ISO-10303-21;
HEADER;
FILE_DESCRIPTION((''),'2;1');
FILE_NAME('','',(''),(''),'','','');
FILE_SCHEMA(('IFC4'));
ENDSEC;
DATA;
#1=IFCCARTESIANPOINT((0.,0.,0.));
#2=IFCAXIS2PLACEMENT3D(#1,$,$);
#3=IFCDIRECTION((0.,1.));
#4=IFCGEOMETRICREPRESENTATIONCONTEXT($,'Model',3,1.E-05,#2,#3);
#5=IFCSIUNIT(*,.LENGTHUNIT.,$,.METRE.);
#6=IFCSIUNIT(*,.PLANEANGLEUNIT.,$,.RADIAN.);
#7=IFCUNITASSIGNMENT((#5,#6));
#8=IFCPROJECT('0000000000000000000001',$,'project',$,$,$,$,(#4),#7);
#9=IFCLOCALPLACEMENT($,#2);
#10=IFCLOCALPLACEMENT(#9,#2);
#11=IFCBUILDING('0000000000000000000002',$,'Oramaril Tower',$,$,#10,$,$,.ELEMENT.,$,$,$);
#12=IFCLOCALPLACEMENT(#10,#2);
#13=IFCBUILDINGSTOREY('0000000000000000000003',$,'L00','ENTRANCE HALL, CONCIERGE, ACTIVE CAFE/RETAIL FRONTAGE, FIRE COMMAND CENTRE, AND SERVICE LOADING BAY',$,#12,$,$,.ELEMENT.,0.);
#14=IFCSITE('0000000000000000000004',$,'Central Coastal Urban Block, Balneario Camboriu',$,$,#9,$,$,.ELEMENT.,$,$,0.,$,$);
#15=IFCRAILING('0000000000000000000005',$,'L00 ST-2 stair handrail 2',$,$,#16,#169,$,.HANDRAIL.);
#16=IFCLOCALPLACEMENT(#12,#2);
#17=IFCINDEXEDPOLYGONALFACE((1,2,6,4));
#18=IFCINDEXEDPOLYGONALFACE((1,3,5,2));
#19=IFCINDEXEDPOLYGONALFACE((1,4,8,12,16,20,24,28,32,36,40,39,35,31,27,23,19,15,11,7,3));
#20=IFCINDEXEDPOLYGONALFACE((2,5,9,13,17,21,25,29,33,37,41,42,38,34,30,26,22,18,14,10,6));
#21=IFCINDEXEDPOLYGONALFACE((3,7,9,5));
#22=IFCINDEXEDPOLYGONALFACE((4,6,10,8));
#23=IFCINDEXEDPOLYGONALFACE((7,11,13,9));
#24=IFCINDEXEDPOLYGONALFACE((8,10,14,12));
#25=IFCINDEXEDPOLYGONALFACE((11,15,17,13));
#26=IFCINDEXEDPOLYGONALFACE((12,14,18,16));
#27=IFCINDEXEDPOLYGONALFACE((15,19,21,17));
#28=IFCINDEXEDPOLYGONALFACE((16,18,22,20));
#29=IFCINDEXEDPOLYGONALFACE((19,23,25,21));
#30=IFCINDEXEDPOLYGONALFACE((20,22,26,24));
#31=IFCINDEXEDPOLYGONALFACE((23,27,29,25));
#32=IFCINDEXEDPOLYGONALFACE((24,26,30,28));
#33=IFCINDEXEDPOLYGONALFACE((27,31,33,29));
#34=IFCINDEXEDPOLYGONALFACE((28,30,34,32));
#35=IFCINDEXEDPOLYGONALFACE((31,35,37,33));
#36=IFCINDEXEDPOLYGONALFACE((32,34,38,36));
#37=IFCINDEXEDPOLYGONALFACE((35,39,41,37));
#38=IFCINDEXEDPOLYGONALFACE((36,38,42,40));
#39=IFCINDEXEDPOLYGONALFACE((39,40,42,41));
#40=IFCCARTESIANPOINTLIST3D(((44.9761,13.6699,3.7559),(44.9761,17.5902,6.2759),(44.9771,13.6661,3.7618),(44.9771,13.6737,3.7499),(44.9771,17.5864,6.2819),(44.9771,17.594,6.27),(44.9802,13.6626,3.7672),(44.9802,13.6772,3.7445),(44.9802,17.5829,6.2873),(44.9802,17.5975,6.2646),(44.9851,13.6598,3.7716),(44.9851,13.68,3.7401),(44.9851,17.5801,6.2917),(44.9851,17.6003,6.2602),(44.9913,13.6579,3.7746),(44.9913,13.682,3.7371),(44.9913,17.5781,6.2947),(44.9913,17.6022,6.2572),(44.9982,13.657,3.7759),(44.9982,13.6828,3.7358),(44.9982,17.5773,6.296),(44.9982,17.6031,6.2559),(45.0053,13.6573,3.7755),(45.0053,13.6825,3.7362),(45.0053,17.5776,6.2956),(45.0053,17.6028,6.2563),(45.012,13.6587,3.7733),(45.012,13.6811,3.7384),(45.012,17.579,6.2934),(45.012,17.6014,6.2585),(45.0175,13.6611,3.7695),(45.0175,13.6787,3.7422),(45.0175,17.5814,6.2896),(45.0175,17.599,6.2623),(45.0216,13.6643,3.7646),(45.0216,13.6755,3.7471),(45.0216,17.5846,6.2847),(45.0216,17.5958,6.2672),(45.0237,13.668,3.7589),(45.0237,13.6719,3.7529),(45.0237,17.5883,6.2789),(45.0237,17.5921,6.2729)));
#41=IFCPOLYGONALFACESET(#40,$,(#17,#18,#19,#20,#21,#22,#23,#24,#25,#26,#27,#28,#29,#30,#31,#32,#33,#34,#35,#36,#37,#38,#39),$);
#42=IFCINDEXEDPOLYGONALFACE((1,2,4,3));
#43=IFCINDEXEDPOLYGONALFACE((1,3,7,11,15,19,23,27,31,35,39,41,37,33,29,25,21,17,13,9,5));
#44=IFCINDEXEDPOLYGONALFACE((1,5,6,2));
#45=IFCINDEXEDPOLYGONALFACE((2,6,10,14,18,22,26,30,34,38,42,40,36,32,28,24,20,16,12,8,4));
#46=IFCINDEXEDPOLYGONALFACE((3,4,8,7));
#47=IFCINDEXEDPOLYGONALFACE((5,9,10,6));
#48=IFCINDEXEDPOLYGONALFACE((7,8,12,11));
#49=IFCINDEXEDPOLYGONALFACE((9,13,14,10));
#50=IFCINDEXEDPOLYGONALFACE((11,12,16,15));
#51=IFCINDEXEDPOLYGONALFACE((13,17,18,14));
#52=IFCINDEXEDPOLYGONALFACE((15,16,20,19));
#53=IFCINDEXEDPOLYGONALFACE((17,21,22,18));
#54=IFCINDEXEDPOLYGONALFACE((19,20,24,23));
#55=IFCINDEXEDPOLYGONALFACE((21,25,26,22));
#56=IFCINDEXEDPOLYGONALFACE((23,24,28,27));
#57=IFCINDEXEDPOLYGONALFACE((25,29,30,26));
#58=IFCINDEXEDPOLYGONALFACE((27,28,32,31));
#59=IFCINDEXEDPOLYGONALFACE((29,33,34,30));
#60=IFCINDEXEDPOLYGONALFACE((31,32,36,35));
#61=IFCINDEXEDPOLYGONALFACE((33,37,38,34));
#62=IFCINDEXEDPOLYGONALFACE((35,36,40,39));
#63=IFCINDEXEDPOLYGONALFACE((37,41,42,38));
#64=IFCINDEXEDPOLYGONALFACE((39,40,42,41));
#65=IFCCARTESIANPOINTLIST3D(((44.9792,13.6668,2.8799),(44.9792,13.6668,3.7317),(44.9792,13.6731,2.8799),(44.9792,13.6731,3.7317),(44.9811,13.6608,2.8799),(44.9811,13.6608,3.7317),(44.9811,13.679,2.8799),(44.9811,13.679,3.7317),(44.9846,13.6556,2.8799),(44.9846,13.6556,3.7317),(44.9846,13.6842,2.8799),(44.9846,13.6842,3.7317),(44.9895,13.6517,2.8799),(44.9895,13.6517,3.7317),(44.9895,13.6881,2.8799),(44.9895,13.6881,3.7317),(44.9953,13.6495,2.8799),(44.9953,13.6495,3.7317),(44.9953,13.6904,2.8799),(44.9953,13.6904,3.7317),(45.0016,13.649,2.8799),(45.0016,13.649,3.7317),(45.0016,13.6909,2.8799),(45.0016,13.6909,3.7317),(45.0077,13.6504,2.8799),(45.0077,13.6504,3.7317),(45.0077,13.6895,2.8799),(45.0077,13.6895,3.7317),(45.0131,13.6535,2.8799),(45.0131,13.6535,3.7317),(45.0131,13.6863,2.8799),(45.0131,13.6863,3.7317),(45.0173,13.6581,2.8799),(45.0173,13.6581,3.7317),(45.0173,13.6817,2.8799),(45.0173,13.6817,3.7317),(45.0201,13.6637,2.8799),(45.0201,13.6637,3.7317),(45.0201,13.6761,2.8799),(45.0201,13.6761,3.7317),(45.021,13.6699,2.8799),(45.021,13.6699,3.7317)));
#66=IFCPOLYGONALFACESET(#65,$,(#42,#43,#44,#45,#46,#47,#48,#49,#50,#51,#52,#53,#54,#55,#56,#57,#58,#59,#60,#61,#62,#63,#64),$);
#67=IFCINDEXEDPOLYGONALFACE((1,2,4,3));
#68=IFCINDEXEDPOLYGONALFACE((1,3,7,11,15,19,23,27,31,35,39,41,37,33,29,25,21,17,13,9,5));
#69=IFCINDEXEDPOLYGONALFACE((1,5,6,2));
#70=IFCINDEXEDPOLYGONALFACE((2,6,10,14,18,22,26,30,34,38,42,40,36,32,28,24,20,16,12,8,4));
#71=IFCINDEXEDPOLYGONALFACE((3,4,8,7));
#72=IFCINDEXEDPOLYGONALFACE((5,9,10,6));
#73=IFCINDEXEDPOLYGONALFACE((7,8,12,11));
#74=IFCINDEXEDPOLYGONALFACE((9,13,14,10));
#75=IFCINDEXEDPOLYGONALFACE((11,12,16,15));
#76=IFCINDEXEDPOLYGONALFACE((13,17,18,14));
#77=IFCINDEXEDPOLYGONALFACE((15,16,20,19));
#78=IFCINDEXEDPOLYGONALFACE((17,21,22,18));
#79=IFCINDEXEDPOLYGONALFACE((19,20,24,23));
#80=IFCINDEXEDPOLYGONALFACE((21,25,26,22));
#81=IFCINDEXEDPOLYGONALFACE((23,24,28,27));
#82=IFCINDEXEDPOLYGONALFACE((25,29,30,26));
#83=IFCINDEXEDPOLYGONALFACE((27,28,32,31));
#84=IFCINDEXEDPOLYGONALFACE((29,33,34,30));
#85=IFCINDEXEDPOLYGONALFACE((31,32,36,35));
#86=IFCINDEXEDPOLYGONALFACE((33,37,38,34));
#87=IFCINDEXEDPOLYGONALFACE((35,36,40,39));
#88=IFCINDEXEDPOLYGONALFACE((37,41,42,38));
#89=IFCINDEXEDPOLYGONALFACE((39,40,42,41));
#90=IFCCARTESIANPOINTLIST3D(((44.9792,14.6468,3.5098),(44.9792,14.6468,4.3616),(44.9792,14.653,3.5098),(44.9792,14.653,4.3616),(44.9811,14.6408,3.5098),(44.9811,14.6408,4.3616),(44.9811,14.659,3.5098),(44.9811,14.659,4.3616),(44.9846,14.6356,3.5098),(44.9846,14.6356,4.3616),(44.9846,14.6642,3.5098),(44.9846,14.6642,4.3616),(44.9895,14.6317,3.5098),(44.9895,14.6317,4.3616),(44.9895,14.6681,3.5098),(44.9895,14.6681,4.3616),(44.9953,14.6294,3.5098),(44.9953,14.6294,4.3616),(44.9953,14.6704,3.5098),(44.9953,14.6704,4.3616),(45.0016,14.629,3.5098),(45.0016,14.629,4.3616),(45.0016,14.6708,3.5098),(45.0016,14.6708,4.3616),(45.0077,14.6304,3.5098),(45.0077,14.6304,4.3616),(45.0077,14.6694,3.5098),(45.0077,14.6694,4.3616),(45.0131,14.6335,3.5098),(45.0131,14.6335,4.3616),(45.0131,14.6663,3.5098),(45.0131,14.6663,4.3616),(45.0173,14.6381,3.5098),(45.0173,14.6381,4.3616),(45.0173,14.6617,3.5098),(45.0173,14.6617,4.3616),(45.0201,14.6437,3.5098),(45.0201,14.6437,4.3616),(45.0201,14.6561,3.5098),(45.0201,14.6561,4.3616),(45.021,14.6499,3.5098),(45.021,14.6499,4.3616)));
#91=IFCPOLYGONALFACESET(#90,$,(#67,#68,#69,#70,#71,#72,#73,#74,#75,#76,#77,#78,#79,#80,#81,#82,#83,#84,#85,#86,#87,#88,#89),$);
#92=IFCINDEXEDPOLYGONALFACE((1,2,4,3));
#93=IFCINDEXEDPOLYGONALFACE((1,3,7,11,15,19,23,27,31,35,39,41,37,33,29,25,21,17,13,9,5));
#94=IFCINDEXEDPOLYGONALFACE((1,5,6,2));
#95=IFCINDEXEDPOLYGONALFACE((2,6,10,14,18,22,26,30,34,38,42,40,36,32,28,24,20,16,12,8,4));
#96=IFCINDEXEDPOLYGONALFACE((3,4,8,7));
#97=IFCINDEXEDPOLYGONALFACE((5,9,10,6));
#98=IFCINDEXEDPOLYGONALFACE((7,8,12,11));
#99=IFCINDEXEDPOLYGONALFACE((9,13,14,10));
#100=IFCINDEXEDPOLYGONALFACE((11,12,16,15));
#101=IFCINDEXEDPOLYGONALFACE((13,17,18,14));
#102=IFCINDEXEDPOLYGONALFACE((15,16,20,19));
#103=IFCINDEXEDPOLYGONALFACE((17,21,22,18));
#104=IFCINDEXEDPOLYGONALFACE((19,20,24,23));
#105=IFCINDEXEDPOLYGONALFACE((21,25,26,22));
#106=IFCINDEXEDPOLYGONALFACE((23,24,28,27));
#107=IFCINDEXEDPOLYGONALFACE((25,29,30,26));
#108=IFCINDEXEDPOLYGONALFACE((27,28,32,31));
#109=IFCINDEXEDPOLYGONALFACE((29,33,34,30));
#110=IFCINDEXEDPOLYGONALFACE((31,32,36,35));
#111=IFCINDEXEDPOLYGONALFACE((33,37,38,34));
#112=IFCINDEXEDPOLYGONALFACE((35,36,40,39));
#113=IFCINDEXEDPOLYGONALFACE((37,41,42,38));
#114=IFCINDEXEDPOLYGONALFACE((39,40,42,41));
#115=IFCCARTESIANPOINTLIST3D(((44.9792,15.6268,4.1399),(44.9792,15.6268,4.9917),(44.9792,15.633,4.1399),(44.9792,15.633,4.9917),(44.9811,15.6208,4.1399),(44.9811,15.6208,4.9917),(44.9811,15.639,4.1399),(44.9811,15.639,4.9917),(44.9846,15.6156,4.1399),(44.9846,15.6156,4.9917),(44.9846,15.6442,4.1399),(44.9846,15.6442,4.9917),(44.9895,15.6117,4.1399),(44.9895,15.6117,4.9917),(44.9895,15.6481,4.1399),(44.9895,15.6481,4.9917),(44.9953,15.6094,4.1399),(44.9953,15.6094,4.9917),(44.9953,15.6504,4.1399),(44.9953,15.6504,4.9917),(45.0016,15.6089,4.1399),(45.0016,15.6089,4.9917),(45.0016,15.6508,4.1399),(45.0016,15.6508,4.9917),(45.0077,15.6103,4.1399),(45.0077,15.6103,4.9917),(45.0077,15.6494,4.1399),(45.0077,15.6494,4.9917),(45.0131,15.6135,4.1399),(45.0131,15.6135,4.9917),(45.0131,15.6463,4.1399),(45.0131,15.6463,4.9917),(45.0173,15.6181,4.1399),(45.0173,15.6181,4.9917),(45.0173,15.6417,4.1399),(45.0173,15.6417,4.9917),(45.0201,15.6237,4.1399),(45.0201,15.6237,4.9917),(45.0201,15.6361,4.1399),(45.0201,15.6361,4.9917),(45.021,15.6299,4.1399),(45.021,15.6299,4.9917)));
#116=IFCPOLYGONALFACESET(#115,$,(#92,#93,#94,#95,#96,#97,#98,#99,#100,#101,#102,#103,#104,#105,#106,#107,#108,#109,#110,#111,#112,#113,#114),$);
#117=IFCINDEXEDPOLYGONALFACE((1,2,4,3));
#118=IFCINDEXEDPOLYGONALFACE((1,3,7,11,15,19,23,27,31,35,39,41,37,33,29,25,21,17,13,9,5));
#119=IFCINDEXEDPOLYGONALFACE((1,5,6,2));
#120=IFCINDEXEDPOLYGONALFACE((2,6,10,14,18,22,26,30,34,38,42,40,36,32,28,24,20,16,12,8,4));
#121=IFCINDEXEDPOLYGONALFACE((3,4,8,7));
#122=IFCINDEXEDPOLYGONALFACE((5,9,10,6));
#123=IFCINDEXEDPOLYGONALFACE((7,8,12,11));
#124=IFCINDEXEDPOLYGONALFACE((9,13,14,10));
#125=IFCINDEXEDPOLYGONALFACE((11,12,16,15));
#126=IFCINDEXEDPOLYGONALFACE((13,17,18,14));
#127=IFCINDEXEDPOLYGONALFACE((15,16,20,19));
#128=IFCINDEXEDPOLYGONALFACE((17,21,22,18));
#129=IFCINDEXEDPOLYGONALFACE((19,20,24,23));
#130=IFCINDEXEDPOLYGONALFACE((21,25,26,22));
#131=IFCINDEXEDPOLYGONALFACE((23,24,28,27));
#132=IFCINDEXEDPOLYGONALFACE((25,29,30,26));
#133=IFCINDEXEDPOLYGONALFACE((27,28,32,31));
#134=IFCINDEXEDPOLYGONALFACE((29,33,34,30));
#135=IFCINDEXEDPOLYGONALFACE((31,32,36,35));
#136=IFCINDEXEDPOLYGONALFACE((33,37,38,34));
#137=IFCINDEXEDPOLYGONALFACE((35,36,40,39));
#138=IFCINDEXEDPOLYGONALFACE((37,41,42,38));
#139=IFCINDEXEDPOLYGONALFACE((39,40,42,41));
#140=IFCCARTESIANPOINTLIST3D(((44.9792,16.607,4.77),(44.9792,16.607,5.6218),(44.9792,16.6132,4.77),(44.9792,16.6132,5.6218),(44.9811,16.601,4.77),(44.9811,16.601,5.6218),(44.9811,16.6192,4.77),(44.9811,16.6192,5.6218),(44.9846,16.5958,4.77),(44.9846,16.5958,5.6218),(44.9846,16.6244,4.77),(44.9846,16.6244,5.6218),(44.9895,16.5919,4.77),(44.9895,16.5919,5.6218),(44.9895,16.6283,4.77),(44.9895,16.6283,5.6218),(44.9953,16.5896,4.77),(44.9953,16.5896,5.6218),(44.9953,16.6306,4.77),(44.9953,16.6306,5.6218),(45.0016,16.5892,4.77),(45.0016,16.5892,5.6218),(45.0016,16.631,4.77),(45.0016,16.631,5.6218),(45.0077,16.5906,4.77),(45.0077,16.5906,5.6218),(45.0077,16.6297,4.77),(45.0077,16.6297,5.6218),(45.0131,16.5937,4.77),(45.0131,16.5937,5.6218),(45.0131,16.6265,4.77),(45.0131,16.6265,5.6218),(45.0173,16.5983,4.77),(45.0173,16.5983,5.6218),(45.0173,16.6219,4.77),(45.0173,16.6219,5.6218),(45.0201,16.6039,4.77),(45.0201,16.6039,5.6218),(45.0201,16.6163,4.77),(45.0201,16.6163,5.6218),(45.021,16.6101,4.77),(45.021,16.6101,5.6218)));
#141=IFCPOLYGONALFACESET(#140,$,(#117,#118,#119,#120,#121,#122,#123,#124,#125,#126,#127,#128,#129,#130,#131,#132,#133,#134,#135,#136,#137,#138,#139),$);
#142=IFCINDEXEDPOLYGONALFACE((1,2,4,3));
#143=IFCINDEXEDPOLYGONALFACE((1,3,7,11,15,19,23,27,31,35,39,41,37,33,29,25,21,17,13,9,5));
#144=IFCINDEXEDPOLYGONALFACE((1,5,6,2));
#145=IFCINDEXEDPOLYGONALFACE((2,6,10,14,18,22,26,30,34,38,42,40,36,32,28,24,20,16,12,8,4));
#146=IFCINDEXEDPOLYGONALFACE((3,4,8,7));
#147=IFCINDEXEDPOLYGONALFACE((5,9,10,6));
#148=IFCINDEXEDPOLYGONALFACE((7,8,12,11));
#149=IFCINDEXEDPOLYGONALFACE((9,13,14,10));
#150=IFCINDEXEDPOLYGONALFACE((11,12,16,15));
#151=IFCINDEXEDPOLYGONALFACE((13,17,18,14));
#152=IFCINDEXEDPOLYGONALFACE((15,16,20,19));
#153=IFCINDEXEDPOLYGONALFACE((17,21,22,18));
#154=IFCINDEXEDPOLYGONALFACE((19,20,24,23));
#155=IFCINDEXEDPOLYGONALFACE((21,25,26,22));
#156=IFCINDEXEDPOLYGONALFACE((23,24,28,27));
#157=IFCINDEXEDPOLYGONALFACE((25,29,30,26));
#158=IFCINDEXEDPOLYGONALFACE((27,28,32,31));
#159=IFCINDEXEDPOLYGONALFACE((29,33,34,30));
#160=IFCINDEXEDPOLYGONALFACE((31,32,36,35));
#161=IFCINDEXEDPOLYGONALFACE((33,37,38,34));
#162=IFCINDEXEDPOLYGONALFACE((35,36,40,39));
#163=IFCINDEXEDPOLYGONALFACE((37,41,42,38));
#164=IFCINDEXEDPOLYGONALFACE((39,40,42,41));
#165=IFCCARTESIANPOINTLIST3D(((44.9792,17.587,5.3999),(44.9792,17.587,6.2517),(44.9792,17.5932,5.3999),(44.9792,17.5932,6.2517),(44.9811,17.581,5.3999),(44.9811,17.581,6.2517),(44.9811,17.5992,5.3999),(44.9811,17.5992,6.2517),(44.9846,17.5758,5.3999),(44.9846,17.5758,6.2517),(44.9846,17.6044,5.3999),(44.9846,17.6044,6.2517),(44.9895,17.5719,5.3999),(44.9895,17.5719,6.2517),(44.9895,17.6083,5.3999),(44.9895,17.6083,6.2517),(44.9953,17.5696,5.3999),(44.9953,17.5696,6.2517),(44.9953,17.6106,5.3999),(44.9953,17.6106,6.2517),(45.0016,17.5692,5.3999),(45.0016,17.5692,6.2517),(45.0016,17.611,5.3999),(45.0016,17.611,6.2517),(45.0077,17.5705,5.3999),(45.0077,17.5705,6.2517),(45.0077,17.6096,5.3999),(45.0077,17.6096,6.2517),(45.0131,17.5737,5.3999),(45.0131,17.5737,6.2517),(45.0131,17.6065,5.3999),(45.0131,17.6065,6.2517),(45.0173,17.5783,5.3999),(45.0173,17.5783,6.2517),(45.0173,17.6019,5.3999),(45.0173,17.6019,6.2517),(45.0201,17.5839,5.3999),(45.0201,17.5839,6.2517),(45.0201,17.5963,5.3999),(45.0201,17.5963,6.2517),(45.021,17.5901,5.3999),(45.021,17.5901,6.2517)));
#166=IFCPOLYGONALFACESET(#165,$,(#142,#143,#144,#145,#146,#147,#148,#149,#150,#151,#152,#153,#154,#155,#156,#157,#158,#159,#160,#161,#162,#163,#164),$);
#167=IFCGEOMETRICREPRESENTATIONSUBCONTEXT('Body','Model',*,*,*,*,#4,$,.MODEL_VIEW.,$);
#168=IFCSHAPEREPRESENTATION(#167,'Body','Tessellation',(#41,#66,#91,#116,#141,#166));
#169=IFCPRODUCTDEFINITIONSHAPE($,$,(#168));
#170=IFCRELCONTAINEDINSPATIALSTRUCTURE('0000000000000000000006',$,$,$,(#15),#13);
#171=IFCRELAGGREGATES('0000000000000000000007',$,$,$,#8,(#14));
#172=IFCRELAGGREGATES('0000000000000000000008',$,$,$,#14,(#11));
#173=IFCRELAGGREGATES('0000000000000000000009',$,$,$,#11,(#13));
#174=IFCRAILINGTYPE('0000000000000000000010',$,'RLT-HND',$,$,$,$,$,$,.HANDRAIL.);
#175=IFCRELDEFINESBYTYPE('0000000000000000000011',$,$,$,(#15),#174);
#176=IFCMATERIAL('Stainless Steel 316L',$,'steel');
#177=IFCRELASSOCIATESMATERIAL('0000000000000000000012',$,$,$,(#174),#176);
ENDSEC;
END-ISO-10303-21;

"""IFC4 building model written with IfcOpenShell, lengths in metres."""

from ifc_helpers import new_model, si_unit, direction, frame, origin, origin_2d, place, context, subcontext, project, spatial, circle, extrude, material, type_object, element, save


model = new_model("IFC4")

# Units and contexts
model_context = context("Model", 3, precision=1e-05, world=origin(), true_north=direction((0.0, 1.0)))
body_context = subcontext(model_context, "Body", "Model", "MODEL_VIEW")
ifc_project = project(units=[si_unit("LENGTHUNIT", "METRE"), si_unit("PLANEANGLEUNIT", "RADIAN")], contexts=[model_context])

# Site, building, storey
site_placement = place(None, origin())
site = spatial("IfcSite", under=ifc_project, at=site_placement, Name="Central Coastal Urban Block, Balneario Camboriu", CompositionType="ELEMENT", RefElevation=0.0)
building_placement = place(site_placement, origin())
building = spatial("IfcBuilding", under=site, at=building_placement, Name="Oramaril Tower", CompositionType="ELEMENT")
storey_placement = place(building_placement, origin())
storey = spatial("IfcBuildingStorey", under=building, at=storey_placement, Name="L00", Description="ENTRANCE HALL, CONCIERGE, ACTIVE CAFE/RETAIL FRONTAGE, FIRE COMMAND CENTRE, AND SERVICE LOADING BAY", CompositionType="ELEMENT", Elevation=0.0)

# Railing
ifc_material_1 = material(Name="Stainless Steel 316L", Category="steel")
railing_type_1 = type_object("IfcRailingType", Name="RLT-HND", PredefinedType="HANDRAIL", material=ifc_material_1)
railing_1_placement = place(storey_placement, frame((45.0, 13.6699, 2.8799)))
element("IfcRailing", 1, at=railing_1_placement, inside=storey, type_object=railing_type_1, Name="L00 ST-2 stair handrail 2", PredefinedType="HANDRAIL", context=body_context, shape_type="SweptSolid", body=[
    extrude(circle(Radius=0.0239, at=origin_2d()), frame((0.0, 0.0, 0.876), z_axis=(0.0, 0.841187, 0.540744), x_axis=(-1.0, 0.0, 0.0)), (0.0, 0.0, 1.0), 4.6604),
    extrude(circle(Radius=0.021, at=origin_2d()), origin(), (0.0, 0.0, 1.0), 0.8518),
    extrude(circle(Radius=0.021, at=origin_2d()), frame((0.0, 0.98, 0.6299)), (0.0, 0.0, 1.0), 0.8518),
    extrude(circle(Radius=0.021, at=origin_2d()), frame((0.0, 1.96, 1.26)), (0.0, 0.0, 1.0), 0.8518),
    extrude(circle(Radius=0.021, at=origin_2d()), frame((0.0, 2.9402, 1.8901)), (0.0, 0.0, 1.0), 0.8518),
    extrude(circle(Radius=0.021, at=origin_2d()), frame((0.0, 3.9202, 2.52)), (0.0, 0.0, 1.0), 0.8518),
])

save(model, "model.ifc")
